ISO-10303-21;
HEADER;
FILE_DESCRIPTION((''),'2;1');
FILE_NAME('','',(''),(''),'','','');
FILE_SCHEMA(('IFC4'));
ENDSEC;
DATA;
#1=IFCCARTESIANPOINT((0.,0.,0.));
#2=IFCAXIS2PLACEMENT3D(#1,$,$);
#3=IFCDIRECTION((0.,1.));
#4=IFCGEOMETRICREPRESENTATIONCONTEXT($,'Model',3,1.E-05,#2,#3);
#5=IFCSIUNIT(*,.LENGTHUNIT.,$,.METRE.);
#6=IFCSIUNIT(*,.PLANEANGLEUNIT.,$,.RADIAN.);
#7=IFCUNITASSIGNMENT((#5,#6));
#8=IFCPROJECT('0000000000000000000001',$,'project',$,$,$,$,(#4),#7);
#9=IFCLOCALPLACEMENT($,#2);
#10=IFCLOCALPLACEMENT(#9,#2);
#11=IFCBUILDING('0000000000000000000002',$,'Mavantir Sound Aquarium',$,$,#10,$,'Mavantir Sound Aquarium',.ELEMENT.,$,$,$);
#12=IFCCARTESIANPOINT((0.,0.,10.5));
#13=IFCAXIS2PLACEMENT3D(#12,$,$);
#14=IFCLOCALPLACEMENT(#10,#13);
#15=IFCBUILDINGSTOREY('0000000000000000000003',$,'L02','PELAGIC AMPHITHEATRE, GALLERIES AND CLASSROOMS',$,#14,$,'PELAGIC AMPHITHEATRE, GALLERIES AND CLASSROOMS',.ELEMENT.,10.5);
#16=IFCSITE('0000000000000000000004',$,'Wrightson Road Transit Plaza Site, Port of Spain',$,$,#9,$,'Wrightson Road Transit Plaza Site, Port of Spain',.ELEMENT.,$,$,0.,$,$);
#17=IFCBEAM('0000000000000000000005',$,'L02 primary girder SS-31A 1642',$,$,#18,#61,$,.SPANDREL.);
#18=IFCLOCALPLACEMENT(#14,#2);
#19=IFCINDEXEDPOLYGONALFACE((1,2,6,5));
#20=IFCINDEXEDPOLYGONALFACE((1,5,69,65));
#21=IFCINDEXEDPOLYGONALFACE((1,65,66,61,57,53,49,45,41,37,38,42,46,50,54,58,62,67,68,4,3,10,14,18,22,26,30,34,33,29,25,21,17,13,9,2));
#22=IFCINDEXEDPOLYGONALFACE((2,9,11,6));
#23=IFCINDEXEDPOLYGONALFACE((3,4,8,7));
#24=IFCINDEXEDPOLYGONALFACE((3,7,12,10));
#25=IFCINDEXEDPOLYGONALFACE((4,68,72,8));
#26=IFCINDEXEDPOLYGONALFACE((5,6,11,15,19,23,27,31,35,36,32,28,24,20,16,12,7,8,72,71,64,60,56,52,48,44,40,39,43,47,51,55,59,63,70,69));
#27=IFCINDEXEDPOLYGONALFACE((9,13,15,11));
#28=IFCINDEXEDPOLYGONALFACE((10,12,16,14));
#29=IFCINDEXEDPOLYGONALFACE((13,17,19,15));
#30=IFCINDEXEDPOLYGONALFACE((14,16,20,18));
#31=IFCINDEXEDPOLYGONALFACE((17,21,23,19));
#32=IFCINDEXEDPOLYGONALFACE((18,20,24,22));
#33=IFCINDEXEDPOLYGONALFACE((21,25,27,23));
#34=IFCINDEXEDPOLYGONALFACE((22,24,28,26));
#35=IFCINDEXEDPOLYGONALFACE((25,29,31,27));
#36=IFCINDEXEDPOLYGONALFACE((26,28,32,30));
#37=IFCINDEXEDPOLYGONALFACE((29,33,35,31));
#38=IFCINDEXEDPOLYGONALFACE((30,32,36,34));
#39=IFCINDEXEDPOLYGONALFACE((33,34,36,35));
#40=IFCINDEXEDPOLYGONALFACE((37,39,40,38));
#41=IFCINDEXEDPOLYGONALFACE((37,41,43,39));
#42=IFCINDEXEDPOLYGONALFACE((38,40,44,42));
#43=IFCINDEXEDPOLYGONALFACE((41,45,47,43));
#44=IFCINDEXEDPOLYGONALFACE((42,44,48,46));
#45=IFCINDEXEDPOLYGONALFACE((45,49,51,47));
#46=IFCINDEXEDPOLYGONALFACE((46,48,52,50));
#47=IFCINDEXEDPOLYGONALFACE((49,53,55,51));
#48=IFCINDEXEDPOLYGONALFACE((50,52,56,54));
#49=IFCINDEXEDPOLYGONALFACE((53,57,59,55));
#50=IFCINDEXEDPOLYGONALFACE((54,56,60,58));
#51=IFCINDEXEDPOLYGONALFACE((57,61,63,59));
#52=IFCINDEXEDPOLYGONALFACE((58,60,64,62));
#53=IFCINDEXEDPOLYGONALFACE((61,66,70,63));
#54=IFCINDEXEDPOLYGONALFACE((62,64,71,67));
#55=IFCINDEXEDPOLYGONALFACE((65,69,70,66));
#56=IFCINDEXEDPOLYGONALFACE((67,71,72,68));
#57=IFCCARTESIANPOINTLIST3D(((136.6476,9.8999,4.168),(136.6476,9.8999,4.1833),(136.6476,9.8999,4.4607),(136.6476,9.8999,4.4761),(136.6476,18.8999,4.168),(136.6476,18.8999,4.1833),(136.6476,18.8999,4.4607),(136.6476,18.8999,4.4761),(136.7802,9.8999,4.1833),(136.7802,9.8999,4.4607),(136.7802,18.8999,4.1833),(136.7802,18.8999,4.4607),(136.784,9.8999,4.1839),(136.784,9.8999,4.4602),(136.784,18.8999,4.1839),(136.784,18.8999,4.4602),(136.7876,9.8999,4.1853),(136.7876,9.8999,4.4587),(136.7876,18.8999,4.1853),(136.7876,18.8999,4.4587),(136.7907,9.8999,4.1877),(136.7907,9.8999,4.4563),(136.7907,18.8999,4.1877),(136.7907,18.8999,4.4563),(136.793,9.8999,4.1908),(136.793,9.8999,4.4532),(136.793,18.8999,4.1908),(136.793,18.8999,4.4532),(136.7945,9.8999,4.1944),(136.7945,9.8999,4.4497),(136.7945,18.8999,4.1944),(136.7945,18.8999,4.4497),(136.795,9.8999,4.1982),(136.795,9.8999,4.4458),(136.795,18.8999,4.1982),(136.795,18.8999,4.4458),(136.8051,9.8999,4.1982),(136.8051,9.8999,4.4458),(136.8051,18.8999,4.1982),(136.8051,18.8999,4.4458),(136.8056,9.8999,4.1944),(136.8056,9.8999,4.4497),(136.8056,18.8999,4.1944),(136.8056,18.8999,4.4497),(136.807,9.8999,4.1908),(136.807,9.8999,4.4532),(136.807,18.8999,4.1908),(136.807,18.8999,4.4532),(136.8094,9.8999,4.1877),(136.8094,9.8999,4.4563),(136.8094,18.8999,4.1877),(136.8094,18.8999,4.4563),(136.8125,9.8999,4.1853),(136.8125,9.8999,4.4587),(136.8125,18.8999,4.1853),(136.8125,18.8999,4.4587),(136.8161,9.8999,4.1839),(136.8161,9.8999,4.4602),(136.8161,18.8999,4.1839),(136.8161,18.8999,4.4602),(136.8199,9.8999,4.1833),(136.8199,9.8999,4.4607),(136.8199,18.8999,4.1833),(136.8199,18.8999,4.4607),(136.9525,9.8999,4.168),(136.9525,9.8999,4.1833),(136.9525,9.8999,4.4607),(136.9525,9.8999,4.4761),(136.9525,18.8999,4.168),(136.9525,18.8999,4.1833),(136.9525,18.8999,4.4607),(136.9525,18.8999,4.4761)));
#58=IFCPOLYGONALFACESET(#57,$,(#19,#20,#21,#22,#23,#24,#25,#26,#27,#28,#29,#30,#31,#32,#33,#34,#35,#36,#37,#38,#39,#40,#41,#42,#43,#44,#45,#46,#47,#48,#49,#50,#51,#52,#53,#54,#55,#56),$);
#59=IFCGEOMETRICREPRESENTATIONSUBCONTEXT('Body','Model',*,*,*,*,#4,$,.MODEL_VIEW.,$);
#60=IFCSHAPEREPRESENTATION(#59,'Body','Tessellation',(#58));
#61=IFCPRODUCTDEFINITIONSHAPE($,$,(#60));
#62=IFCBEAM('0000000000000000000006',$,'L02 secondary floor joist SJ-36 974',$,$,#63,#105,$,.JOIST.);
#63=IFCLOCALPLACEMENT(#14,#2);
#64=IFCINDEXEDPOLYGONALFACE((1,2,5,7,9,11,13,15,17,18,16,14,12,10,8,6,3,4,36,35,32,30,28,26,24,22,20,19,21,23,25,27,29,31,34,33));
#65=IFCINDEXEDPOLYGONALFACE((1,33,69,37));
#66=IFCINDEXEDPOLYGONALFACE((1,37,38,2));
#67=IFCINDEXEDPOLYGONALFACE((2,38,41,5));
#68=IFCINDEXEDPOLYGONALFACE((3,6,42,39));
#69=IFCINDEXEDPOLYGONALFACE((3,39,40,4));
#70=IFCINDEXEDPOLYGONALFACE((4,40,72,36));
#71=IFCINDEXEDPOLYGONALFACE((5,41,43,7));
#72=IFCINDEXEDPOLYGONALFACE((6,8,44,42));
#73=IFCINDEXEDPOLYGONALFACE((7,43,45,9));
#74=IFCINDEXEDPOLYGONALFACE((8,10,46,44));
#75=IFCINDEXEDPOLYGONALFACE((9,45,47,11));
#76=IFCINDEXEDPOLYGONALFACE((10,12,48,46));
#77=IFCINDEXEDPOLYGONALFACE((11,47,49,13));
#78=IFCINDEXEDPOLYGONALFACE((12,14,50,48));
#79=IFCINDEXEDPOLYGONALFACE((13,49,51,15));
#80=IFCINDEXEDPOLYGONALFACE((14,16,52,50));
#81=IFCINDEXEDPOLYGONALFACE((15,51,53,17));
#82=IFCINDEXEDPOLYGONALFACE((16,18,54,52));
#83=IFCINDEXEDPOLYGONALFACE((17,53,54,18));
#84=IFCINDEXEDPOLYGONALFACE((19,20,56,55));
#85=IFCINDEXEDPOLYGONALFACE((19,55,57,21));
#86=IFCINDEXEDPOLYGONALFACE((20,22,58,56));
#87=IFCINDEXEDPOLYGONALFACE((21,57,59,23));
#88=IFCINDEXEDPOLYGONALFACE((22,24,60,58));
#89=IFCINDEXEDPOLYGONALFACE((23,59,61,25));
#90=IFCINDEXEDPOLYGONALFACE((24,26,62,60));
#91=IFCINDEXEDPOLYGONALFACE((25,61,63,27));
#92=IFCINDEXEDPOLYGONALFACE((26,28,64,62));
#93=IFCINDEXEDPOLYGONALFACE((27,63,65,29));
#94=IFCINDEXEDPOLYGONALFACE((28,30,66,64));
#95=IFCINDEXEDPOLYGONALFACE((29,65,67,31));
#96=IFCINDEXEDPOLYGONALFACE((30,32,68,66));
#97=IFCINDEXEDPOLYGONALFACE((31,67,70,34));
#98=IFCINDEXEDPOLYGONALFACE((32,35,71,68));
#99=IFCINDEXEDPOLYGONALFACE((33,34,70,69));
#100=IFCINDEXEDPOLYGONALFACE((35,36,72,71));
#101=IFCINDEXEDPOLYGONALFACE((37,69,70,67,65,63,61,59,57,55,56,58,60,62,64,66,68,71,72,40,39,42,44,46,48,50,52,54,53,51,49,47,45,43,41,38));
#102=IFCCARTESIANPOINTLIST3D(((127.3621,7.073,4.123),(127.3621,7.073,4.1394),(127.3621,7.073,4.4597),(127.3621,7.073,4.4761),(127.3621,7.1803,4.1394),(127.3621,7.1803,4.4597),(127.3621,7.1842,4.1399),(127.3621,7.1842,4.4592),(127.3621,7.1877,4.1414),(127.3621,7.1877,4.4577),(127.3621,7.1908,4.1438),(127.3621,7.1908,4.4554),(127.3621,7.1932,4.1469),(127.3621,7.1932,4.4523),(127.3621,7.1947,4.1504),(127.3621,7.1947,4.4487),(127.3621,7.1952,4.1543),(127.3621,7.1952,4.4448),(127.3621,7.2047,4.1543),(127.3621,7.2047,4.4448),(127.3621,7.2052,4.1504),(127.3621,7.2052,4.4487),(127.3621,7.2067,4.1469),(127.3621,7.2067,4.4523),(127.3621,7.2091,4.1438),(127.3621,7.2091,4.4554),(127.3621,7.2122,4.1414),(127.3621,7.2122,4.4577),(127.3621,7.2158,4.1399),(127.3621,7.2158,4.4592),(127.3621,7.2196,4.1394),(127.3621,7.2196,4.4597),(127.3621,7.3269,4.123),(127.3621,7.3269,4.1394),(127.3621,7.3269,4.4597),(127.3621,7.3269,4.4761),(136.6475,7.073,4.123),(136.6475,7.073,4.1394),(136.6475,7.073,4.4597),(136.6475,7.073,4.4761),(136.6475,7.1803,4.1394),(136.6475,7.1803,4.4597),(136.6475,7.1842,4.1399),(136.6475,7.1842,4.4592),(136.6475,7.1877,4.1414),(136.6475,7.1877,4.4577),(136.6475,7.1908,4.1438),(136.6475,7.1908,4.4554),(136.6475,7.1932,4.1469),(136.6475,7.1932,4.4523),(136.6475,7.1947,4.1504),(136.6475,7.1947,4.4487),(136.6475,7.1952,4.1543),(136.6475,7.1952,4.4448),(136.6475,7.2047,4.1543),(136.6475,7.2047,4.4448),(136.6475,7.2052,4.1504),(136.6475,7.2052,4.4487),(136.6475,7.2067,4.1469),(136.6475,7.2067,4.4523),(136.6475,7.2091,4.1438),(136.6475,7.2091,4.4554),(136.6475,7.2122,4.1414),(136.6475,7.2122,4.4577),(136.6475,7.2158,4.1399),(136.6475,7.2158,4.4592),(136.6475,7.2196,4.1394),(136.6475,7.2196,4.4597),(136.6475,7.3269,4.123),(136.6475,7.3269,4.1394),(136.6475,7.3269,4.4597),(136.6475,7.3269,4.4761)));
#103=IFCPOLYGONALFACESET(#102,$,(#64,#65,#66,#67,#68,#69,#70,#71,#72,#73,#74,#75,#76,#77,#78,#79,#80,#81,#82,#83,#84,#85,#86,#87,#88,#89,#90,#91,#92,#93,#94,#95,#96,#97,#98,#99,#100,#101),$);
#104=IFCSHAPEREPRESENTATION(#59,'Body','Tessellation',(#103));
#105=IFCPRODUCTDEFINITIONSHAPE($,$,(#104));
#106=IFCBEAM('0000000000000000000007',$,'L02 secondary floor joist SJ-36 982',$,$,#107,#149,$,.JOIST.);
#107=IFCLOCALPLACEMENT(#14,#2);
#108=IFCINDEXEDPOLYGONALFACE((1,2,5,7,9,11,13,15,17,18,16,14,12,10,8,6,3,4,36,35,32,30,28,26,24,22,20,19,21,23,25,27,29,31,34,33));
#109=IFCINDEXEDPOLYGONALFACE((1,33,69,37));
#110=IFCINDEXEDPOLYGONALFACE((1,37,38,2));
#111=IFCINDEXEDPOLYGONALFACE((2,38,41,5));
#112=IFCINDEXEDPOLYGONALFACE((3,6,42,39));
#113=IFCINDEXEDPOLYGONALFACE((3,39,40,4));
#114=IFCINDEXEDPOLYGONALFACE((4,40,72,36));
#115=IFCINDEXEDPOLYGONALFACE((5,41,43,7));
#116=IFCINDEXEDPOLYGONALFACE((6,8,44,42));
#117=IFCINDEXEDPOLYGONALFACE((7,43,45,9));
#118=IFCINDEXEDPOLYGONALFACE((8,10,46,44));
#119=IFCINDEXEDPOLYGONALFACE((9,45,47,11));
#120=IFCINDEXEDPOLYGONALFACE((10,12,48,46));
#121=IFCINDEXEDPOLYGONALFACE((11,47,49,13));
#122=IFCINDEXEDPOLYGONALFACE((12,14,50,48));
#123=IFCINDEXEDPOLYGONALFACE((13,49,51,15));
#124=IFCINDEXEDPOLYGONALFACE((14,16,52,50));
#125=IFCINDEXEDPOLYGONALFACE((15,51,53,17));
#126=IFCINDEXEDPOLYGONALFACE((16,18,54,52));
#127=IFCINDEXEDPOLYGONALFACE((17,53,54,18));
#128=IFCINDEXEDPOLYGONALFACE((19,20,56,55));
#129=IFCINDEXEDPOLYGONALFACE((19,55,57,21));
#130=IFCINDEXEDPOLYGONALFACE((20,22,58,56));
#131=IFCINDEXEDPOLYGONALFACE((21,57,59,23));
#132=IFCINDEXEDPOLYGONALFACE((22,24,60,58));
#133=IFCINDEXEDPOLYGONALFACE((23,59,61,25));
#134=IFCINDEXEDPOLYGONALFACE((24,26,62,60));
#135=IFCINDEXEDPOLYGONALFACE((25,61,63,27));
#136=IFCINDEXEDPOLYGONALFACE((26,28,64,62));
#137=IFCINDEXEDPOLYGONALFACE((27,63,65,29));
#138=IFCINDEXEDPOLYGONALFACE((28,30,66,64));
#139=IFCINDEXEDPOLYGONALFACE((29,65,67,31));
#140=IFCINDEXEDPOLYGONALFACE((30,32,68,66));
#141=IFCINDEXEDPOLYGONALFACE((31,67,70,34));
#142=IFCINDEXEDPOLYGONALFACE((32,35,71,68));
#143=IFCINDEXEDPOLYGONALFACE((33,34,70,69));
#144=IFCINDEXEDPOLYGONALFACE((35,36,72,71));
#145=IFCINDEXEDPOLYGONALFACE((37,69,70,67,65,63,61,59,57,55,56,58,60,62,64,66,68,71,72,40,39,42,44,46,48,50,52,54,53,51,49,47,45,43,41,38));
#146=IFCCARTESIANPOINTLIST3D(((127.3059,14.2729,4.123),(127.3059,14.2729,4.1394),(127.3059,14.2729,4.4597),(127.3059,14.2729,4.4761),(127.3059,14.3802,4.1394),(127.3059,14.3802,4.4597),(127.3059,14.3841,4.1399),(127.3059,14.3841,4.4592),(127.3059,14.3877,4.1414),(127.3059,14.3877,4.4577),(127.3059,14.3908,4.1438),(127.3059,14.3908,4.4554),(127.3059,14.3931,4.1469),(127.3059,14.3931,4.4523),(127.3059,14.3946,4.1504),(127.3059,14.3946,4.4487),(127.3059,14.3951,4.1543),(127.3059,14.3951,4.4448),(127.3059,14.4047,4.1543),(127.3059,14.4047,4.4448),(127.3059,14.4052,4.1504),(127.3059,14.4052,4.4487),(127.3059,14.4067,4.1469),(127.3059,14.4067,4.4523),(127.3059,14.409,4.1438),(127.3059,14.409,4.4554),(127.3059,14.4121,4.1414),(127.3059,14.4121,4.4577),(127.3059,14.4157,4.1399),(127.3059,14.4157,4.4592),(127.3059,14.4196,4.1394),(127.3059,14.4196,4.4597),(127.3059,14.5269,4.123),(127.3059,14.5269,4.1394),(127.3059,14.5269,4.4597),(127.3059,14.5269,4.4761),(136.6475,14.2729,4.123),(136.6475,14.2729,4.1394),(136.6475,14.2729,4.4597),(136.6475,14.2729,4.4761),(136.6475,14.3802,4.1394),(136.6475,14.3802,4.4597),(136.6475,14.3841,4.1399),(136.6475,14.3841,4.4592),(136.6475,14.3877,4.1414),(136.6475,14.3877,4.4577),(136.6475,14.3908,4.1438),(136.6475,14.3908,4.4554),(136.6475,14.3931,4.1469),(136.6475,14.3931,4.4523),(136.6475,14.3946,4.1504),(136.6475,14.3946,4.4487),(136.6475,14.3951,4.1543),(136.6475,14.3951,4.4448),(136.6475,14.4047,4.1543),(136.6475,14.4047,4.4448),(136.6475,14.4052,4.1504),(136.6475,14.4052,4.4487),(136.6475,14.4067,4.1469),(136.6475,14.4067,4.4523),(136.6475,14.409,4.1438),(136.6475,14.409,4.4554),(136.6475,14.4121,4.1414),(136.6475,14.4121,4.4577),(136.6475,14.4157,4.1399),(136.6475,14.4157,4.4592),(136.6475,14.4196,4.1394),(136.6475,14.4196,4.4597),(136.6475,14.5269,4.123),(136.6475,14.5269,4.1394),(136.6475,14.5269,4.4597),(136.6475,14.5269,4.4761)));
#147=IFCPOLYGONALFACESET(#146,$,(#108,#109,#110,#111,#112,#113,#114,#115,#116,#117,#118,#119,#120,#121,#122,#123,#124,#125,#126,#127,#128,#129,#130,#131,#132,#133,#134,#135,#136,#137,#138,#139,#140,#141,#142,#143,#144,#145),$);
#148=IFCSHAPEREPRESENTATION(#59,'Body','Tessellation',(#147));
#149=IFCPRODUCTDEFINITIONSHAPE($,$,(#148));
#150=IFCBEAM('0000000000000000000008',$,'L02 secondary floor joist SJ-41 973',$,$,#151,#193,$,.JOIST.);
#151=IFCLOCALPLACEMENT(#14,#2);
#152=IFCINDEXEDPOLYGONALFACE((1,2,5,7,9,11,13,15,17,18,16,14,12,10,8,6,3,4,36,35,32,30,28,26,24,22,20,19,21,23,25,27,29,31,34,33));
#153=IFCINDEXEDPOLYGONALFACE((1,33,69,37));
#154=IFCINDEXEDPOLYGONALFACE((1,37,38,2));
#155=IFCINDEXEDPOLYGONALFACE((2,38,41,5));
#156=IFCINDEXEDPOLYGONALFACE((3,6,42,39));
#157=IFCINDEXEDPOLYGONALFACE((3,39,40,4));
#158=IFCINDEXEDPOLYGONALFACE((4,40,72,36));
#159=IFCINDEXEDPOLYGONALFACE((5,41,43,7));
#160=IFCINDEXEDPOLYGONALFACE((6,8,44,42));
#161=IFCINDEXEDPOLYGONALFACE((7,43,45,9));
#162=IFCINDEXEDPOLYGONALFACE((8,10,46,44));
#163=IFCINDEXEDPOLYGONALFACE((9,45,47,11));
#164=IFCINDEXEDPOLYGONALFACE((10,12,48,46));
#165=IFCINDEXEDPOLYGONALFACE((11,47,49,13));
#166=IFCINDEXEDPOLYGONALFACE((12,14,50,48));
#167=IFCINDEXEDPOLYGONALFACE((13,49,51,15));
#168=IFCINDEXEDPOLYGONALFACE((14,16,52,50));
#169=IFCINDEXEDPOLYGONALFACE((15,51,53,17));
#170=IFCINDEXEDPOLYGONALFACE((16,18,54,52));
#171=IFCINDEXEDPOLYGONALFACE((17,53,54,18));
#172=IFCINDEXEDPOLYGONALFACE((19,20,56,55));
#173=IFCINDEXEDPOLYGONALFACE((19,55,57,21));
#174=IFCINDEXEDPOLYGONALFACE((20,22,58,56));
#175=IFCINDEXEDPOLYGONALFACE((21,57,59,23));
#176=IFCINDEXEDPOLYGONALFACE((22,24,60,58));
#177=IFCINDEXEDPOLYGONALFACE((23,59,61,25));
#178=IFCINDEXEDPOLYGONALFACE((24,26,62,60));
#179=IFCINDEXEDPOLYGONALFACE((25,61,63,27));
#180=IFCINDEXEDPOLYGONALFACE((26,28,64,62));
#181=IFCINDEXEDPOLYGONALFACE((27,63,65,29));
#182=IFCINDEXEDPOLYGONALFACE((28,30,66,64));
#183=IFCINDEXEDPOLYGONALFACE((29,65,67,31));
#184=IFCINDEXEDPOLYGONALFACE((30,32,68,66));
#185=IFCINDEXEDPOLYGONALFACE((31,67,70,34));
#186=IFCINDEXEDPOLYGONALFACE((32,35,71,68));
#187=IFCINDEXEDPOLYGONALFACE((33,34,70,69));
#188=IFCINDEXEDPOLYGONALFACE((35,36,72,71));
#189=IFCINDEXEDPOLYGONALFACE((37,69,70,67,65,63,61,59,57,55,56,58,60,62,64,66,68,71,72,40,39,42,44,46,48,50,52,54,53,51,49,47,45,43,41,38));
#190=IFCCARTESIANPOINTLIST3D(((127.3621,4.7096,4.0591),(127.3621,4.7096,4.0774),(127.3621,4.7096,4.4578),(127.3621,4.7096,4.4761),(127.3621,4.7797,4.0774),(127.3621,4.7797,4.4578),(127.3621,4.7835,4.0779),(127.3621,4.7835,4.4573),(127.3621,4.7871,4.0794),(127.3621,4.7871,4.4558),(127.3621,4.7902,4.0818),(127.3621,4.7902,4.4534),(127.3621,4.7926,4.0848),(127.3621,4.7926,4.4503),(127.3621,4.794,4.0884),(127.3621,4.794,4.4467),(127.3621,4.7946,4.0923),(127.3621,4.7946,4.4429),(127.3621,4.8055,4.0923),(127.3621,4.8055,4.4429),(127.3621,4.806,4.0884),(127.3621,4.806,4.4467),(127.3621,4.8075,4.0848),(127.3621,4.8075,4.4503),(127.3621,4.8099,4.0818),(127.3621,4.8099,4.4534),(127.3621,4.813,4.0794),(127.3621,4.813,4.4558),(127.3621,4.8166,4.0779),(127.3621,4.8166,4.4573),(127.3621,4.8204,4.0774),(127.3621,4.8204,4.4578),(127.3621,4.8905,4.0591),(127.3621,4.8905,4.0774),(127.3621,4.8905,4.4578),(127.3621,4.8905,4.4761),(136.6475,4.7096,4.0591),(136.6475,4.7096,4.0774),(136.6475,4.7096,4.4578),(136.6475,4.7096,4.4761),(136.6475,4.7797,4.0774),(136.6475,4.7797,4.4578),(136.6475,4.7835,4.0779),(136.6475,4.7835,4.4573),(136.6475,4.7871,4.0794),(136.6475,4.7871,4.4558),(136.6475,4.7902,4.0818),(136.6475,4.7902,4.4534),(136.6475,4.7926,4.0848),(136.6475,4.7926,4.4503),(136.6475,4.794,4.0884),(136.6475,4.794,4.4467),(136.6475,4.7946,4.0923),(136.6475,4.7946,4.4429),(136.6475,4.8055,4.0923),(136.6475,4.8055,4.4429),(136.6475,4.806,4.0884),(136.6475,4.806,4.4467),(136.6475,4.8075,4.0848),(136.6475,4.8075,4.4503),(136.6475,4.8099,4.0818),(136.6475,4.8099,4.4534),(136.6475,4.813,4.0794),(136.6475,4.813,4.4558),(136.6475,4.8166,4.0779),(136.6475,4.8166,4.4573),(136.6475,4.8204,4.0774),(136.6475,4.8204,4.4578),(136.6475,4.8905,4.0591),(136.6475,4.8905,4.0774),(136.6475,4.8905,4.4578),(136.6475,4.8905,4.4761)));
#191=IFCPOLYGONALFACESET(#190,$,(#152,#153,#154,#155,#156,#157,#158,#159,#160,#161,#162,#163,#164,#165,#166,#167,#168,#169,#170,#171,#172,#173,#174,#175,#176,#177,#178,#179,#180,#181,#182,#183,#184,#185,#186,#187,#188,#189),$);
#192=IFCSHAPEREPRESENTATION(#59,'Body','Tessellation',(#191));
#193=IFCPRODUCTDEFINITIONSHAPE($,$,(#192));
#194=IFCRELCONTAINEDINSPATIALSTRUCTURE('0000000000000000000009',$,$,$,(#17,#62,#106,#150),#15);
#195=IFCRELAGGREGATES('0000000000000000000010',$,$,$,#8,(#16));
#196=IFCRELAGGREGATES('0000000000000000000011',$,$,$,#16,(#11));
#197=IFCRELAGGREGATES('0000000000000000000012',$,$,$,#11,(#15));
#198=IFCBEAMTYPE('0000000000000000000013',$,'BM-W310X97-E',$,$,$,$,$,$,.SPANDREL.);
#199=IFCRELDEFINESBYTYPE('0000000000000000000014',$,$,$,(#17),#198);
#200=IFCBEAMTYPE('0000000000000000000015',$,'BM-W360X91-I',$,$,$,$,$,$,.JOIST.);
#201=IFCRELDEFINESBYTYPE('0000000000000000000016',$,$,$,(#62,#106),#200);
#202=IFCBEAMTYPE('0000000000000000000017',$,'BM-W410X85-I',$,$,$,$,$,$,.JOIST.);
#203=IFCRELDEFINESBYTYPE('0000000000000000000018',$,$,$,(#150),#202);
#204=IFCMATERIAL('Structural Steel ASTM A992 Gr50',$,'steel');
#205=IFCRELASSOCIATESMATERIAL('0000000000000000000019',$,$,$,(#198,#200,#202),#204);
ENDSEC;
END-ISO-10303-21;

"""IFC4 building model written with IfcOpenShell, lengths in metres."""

from ifc_helpers import new_model, si_unit, direction, frame, origin, origin_2d, place, context, subcontext, project, spatial, i_section, extrude, material, material_profile, profile_set, type_object, element, save


model = new_model("IFC4")

# Units and contexts
model_context = context("Model", 3, precision=1e-05, world=origin(), true_north=direction((0.0, 1.0)))
body_context = subcontext(model_context, "Body", "Model", "MODEL_VIEW")
ifc_project = project(units=[si_unit("LENGTHUNIT", "METRE"), si_unit("PLANEANGLEUNIT", "RADIAN")], contexts=[model_context])

# Site, building, storey
site_placement = place(None, origin())
site = spatial("IfcSite", under=ifc_project, at=site_placement, Name="Wrightson Road Transit Plaza Site, Port of Spain", LongName="Wrightson Road Transit Plaza Site, Port of Spain", CompositionType="ELEMENT", RefElevation=0.0)
building_placement = place(site_placement, origin())
building = spatial("IfcBuilding", under=site, at=building_placement, Name="Mavantir Sound Aquarium", LongName="Mavantir Sound Aquarium", CompositionType="ELEMENT")
storey_placement = place(building_placement, frame((0.0, 0.0, 10.5)))
storey = spatial("IfcBuildingStorey", under=building, at=storey_placement, Name="L02", Description="PELAGIC AMPHITHEATRE, GALLERIES AND CLASSROOMS", LongName="PELAGIC AMPHITHEATRE, GALLERIES AND CLASSROOMS", CompositionType="ELEMENT", Elevation=10.5)

# Beams
ifc_material_1 = material(Name="Structural Steel ASTM A992 Gr50", Category="steel")
ifc_material_profile_1 = material_profile(ifc_material_1, i_section(OverallWidth=0.3049, OverallDepth=0.3081, WebThickness=0.01, FlangeThickness=0.0154, FilletRadius=0.0149, at=origin_2d()), Name="W310X97")
ifc_profile_set_1 = profile_set([ifc_material_profile_1], Name="Structural Steel ASTM A992 Gr50")
beam_type_1 = type_object("IfcBeamType", Name="BM-W310X97-E", PredefinedType="SPANDREL", material=ifc_profile_set_1)
for number, where, z_axis, x_axis, name in (
    (1, (136.8, 9.8999, 4.322), (0.0, 1.0, 0.0), (-1.0, 0.0, 0.0), "L02 primary girder SS-31A 1642"),
):
    element("IfcBeam", number, at=place(storey_placement, frame(where, z_axis=z_axis, x_axis=x_axis)), inside=storey, type_object=beam_type_1, Name=name, PredefinedType="SPANDREL", context=body_context, shape_type="SweptSolid", body=[
        extrude(i_section(OverallWidth=0.3049, OverallDepth=0.3081, WebThickness=0.01, FlangeThickness=0.0154, FilletRadius=0.0149, at=origin_2d()), origin(), (0.0, 0.0, 1.0), 9.0),
    ])
ifc_material_profile_2 = material_profile(ifc_material_1, i_section(OverallWidth=0.2539, OverallDepth=0.353, WebThickness=0.0095, FlangeThickness=0.0164, FilletRadius=0.0149, at=origin_2d()), Name="W360X91")
ifc_profile_set_2 = profile_set([ifc_material_profile_2], Name="Structural Steel ASTM A992 Gr50")
beam_type_2 = type_object("IfcBeamType", Name="BM-W360X91-I", PredefinedType="JOIST", material=ifc_profile_set_2)
beam_1_placement = place(storey_placement, frame((127.3621, 7.2, 4.2996), z_axis=(1.0, 0.0, 0.0), x_axis=(0.0, 1.0, 0.0)))
element("IfcBeam", 2, at=beam_1_placement, inside=storey, type_object=beam_type_2, Name="L02 secondary floor joist SJ-36 974", PredefinedType="JOIST", context=body_context, shape_type="SweptSolid", body=[
    extrude(i_section(OverallWidth=0.2539, OverallDepth=0.353, WebThickness=0.0095, FlangeThickness=0.0164, FilletRadius=0.0149, at=origin_2d()), origin(), (0.0, 0.0, 1.0), 9.2854),
])
beam_2_placement = place(storey_placement, frame((127.3059, 14.3999, 4.2996), z_axis=(1.0, 0.0, 0.0), x_axis=(0.0, 1.0, 0.0)))
element("IfcBeam", 3, at=beam_2_placement, inside=storey, type_object=beam_type_2, Name="L02 secondary floor joist SJ-36 982", PredefinedType="JOIST", context=body_context, shape_type="SweptSolid", body=[
    extrude(i_section(OverallWidth=0.2539, OverallDepth=0.353, WebThickness=0.0095, FlangeThickness=0.0164, FilletRadius=0.0149, at=origin_2d()), origin(), (0.0, 0.0, 1.0), 9.3416),
])
ifc_material_profile_3 = material_profile(ifc_material_1, i_section(OverallWidth=0.1809, OverallDepth=0.417, WebThickness=0.011, FlangeThickness=0.0183, FilletRadius=0.0149, at=origin_2d()), Name="W410X85")
ifc_profile_set_3 = profile_set([ifc_material_profile_3], Name="Structural Steel ASTM A992 Gr50")
beam_type_3 = type_object("IfcBeamType", Name="BM-W410X85-I", PredefinedType="JOIST", material=ifc_profile_set_3)
beam_3_placement = place(storey_placement, frame((127.3621, 4.8, 4.2676), z_axis=(1.0, 0.0, 0.0), x_axis=(0.0, 1.0, 0.0)))
element("IfcBeam", 4, at=beam_3_placement, inside=storey, type_object=beam_type_3, Name="L02 secondary floor joist SJ-41 973", PredefinedType="JOIST", context=body_context, shape_type="SweptSolid", body=[
    extrude(i_section(OverallWidth=0.1809, OverallDepth=0.417, WebThickness=0.011, FlangeThickness=0.0183, FilletRadius=0.0149, at=origin_2d()), origin(), (0.0, 0.0, 1.0), 9.2854),
])

save(model, "model.ifc")
